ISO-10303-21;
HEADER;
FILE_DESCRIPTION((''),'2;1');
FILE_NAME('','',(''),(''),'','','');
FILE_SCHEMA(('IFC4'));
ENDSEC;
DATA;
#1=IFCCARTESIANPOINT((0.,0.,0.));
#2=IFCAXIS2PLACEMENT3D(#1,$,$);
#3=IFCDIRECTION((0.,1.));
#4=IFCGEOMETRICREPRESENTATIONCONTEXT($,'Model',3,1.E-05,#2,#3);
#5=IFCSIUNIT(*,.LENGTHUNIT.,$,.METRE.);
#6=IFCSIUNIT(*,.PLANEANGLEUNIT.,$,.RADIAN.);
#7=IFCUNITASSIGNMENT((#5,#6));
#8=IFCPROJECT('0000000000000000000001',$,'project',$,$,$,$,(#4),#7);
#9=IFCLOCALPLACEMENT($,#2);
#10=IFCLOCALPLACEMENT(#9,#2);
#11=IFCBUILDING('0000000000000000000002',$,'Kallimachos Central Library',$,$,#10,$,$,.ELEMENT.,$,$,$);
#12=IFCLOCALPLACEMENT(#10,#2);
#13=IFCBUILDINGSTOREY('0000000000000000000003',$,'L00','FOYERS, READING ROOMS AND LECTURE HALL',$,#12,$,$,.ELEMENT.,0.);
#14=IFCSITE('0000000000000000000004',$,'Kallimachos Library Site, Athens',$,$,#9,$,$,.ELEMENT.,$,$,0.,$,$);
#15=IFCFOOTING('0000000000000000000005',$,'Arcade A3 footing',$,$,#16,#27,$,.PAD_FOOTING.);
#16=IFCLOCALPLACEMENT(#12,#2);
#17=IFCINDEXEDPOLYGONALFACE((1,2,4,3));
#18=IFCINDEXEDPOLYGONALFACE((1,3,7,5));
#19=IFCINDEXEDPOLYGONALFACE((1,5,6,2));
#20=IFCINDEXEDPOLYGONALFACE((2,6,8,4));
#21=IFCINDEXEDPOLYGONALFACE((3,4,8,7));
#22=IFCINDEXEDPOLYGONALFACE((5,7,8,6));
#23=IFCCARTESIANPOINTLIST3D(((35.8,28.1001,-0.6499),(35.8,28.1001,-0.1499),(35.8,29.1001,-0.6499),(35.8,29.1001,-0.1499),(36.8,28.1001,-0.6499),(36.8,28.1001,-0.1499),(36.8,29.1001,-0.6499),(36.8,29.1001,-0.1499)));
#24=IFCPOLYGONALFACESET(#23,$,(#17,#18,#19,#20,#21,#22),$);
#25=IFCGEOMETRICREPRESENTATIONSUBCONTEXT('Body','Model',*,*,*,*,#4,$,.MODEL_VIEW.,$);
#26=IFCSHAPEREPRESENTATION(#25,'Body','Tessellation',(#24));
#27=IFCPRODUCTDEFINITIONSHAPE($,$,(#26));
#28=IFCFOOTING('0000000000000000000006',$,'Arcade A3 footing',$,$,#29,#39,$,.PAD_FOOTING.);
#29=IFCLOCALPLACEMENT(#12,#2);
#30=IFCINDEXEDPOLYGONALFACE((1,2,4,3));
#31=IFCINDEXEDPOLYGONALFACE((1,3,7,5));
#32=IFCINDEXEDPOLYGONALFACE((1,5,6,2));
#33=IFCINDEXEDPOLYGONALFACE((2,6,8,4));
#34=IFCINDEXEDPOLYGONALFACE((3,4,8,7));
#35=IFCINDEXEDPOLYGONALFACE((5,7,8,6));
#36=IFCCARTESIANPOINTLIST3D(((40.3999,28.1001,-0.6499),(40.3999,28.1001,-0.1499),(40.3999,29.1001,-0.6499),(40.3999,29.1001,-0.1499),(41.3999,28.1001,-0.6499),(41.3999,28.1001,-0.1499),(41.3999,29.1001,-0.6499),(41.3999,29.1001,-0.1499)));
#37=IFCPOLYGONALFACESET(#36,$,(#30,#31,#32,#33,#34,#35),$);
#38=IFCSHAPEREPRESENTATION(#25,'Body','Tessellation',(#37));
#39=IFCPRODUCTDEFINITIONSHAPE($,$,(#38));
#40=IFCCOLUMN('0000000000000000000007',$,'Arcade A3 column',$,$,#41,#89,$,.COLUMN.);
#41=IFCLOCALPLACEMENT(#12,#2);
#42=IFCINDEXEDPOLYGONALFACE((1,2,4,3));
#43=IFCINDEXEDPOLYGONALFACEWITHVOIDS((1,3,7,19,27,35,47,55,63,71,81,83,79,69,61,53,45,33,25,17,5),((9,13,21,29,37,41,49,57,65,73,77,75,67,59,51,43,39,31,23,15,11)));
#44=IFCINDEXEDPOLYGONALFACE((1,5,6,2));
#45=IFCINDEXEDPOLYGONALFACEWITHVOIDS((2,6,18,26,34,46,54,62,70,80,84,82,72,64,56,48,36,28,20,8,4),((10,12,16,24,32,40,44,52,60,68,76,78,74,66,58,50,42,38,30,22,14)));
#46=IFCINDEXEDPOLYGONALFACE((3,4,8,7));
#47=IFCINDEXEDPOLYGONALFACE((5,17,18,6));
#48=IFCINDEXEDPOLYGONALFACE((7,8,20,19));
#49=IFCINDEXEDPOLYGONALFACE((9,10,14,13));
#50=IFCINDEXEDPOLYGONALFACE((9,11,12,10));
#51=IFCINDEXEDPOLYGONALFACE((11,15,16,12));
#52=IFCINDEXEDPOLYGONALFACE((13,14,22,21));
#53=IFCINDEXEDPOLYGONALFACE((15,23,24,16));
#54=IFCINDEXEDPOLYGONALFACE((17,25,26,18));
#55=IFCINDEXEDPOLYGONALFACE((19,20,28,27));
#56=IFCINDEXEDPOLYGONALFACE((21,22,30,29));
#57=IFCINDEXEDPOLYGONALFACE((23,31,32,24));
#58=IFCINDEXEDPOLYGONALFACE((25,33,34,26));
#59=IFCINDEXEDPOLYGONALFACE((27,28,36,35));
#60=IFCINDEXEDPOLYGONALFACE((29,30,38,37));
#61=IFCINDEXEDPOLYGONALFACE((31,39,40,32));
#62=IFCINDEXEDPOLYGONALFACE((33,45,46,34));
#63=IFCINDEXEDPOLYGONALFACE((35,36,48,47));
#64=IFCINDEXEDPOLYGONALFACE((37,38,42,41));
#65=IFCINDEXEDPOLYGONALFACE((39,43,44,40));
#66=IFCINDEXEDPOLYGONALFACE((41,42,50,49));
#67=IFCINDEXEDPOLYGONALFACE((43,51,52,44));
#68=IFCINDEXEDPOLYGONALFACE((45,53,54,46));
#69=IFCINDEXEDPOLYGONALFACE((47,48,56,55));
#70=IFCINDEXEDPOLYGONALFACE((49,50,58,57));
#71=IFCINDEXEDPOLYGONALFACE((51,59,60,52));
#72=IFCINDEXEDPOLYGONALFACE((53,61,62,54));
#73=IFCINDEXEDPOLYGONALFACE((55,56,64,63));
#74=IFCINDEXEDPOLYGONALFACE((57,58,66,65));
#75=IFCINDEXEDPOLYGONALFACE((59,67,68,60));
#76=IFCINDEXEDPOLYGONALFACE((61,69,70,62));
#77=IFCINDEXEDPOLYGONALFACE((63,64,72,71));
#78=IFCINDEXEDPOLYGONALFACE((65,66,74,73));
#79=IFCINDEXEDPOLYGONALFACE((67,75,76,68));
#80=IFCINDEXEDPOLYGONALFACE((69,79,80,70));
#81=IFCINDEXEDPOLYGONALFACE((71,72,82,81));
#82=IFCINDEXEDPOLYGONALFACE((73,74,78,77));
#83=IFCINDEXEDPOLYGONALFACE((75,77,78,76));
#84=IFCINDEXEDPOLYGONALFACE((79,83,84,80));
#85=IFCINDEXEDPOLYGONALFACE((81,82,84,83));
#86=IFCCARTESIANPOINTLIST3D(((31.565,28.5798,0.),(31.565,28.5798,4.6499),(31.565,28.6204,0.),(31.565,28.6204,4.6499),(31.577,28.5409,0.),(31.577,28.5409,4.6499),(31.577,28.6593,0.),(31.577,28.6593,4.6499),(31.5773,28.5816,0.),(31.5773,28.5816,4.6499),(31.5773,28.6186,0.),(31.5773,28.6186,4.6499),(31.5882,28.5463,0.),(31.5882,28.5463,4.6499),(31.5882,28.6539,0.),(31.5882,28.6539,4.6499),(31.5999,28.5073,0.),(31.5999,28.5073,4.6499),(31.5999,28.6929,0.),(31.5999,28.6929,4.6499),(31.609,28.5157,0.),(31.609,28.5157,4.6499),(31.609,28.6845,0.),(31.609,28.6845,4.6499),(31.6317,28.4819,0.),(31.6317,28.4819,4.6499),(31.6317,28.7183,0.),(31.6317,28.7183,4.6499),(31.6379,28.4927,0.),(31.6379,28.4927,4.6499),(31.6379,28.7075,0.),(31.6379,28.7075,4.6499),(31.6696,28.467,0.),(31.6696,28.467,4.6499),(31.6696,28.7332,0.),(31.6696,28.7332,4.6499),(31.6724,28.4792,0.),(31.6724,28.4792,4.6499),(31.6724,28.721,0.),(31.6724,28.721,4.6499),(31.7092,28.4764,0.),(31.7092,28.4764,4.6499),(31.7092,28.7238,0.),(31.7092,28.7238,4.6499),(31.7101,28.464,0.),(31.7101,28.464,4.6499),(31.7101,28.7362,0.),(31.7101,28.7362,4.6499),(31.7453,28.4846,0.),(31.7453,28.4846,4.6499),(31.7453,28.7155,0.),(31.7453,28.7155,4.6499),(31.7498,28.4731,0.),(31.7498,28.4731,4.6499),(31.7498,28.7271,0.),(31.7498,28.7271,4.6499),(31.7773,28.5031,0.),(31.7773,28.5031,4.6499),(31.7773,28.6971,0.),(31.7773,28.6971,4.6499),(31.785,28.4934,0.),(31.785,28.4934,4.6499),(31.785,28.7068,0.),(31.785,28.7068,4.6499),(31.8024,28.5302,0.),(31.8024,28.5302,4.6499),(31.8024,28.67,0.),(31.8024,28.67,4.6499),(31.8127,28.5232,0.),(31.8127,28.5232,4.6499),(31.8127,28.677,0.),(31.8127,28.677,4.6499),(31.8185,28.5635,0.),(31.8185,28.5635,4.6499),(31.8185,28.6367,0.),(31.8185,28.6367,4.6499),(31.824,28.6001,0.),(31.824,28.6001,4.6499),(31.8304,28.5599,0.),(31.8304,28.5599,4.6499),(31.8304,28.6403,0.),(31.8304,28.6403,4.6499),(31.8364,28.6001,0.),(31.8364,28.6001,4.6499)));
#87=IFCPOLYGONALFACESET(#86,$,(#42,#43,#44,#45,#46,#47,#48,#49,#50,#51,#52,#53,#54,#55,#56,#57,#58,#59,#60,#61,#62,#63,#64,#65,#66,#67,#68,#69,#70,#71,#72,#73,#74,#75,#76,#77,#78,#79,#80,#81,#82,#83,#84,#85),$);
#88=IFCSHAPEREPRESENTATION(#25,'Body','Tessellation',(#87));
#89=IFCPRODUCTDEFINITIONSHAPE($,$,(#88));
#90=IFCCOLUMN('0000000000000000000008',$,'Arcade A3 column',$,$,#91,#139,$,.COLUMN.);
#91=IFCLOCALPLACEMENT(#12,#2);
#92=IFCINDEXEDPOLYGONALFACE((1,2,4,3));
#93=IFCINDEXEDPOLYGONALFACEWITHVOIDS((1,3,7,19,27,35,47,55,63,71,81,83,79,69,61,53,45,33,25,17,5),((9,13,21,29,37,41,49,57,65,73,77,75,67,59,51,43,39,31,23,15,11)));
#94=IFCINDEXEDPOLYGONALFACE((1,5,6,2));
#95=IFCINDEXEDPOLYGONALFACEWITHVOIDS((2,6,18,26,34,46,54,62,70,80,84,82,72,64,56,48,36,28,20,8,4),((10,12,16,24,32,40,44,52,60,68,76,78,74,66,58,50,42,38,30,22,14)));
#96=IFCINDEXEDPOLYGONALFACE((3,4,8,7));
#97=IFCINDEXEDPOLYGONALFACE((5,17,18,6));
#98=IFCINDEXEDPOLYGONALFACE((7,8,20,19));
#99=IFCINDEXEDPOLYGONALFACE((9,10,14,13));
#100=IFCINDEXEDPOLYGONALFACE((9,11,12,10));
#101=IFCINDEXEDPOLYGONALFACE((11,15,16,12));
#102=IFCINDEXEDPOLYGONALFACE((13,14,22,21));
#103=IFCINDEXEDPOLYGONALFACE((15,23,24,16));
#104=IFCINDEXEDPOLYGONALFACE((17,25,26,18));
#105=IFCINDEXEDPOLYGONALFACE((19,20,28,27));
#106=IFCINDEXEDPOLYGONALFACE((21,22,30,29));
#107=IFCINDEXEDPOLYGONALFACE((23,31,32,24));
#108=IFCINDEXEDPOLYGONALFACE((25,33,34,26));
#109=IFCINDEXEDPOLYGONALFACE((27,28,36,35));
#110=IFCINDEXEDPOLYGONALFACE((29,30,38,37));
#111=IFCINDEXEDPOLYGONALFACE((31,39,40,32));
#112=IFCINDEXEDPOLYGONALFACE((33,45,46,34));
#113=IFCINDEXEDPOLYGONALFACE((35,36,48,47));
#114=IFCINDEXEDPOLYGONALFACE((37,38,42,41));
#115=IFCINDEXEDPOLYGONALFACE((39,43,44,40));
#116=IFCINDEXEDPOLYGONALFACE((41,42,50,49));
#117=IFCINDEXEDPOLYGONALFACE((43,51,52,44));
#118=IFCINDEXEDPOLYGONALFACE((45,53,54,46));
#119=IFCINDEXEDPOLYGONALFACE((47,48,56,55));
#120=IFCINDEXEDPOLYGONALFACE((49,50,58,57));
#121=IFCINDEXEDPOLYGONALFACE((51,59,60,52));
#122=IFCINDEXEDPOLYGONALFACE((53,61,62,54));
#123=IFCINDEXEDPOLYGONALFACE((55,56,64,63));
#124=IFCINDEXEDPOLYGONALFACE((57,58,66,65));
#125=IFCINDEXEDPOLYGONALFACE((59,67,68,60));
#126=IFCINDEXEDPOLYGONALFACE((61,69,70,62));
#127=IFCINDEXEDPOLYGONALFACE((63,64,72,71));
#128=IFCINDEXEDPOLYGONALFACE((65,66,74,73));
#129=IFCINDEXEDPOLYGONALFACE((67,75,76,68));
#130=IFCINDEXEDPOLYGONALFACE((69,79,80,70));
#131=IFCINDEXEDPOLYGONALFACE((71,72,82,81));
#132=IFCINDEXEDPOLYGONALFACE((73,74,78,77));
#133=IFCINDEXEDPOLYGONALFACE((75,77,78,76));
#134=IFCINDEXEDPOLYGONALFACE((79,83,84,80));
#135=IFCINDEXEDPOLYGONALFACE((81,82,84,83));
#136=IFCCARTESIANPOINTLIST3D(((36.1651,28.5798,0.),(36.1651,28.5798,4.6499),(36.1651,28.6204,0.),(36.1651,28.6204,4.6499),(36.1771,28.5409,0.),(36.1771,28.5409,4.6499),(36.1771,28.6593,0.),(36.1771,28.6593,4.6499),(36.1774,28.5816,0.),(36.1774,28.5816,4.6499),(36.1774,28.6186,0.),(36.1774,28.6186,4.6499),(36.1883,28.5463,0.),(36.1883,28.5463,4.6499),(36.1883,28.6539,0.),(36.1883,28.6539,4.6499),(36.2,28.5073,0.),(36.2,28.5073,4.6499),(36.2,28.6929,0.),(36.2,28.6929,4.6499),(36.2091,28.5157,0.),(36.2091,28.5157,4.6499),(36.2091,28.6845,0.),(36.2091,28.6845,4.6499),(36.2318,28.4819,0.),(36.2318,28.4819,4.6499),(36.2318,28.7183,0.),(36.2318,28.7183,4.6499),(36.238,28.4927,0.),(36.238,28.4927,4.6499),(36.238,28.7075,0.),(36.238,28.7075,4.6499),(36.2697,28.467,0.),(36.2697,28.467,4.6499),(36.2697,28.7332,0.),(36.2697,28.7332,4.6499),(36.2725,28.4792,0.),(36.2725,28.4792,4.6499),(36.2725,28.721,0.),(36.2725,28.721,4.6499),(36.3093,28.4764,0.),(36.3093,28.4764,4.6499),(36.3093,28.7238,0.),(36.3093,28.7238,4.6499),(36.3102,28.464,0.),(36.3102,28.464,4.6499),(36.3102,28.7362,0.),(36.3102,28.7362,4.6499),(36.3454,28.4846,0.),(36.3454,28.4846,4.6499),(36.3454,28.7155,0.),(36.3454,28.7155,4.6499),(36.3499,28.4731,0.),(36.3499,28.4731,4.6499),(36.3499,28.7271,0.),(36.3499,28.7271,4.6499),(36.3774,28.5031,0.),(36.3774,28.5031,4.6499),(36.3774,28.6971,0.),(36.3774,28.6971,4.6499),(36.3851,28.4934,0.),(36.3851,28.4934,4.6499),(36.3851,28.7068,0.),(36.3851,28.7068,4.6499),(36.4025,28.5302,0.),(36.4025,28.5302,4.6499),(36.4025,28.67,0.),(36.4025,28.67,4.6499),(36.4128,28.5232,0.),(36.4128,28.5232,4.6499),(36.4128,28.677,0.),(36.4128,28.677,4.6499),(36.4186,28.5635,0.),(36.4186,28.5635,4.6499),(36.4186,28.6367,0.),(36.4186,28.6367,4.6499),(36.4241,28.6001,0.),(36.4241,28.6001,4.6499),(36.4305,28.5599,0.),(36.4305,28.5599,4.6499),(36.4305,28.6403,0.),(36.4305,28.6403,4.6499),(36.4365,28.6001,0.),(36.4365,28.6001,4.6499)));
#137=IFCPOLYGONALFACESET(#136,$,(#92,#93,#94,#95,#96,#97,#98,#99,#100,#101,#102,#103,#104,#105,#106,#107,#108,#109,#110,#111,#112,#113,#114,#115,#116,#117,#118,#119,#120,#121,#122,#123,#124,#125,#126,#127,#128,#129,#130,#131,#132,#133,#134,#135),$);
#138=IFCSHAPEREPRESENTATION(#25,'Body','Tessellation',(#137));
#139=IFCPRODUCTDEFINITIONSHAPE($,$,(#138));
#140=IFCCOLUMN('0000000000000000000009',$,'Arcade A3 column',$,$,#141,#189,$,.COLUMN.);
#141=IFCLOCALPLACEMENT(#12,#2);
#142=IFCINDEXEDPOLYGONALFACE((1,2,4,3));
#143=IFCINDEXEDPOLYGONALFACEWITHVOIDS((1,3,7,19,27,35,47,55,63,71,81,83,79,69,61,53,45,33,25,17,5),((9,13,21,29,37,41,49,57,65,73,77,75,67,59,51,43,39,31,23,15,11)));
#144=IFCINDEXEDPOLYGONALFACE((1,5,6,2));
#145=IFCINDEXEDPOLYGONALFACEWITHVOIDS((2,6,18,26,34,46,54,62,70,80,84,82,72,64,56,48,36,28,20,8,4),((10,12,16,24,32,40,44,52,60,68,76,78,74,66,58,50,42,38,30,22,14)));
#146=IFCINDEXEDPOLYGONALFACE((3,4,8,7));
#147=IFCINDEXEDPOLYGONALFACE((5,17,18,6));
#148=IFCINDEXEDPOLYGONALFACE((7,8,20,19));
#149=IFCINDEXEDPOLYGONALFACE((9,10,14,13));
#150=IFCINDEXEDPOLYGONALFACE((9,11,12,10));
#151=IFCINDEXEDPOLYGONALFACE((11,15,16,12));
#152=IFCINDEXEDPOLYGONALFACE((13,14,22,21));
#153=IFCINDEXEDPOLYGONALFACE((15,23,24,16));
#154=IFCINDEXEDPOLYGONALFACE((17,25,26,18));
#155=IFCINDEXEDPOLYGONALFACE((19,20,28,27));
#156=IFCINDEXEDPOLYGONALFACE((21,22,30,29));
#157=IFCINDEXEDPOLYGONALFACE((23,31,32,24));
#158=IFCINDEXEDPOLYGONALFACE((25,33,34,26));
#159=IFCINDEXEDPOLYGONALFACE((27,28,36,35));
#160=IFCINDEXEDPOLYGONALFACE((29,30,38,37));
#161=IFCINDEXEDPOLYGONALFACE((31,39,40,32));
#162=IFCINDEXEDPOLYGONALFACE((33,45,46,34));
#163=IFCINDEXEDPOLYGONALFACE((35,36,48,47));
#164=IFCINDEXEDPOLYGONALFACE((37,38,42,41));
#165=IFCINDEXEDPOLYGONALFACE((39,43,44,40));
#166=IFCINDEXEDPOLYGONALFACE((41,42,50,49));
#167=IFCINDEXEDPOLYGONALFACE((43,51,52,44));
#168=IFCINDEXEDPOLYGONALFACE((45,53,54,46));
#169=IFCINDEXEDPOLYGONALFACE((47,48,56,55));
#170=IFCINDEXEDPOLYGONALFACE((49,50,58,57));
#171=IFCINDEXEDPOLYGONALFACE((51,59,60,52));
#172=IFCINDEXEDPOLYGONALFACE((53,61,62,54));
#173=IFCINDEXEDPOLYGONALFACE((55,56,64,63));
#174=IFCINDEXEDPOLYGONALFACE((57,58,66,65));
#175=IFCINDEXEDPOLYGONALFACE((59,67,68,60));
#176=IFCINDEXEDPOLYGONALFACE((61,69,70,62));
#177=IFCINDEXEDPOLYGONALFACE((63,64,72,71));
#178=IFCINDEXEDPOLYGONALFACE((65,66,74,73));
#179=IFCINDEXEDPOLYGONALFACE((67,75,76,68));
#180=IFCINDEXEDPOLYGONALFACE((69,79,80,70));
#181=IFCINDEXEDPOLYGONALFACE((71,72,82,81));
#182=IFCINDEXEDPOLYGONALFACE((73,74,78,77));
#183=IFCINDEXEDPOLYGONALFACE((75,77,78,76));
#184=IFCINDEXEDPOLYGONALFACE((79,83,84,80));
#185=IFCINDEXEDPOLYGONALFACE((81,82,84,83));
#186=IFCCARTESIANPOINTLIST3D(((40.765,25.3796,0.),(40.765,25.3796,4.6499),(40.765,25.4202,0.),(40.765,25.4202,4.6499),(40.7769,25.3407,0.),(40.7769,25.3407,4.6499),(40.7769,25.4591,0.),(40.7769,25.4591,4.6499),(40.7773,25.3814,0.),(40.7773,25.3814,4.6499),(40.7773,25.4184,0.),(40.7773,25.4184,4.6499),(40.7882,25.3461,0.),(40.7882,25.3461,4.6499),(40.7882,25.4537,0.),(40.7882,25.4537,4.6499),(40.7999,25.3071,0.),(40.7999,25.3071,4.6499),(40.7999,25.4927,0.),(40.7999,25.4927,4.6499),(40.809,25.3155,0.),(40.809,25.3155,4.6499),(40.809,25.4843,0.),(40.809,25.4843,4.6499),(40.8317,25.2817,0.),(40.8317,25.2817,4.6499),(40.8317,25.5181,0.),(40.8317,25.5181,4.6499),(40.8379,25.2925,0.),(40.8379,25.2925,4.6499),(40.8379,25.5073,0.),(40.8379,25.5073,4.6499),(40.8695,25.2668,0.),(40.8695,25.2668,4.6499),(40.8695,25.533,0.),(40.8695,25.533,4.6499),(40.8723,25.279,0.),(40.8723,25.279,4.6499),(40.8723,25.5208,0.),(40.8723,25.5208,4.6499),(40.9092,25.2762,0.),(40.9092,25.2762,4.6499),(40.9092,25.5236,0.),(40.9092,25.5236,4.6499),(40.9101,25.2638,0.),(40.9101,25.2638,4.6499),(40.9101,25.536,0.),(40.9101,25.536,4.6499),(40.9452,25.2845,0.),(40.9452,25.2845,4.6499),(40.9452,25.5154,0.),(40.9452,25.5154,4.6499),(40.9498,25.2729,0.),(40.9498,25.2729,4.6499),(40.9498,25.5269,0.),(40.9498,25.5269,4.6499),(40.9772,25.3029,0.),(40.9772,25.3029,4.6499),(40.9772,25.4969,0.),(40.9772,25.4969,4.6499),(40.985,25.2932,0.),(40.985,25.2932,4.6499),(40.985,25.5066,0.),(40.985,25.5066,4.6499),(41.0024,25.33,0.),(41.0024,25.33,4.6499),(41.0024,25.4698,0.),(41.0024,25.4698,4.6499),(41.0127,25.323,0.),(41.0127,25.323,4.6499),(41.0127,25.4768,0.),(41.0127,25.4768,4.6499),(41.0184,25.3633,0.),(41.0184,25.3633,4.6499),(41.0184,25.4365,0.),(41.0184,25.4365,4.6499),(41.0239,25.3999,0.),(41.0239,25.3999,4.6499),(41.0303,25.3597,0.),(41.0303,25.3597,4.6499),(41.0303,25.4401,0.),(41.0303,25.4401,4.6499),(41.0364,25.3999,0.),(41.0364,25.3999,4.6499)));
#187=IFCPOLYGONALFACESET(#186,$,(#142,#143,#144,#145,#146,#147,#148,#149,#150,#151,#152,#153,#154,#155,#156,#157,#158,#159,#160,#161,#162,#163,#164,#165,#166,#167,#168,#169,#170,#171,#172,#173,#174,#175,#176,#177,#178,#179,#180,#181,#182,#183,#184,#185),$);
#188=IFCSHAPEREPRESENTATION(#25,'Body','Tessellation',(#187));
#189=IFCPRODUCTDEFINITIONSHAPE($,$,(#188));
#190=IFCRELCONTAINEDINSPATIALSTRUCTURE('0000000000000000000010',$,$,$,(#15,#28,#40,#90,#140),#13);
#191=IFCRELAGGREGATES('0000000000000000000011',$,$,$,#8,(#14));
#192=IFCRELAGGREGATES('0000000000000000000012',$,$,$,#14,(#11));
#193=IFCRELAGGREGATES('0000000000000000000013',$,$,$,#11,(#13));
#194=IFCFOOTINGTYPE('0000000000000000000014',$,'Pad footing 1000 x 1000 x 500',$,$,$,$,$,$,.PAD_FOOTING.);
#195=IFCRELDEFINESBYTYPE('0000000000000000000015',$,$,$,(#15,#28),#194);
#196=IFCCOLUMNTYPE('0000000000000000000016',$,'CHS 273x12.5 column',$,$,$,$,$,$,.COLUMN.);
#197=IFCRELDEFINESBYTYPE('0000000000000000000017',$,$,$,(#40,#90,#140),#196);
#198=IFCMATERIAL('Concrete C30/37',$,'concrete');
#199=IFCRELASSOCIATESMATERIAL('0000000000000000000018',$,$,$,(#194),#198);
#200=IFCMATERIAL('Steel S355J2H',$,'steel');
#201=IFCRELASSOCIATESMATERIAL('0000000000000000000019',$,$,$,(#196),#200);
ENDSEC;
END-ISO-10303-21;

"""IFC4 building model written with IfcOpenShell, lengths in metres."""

from ifc_helpers import new_model, si_unit, direction, frame, origin, origin_2d, place, context, subcontext, project, spatial, rectangle, hollow_circle, extrude, material, material_profile, profile_set, type_object, element, save


model = new_model("IFC4")

# Units and contexts
model_context = context("Model", 3, precision=1e-05, world=origin(), true_north=direction((0.0, 1.0)))
body_context = subcontext(model_context, "Body", "Model", "MODEL_VIEW")
ifc_project = project(units=[si_unit("LENGTHUNIT", "METRE"), si_unit("PLANEANGLEUNIT", "RADIAN")], contexts=[model_context])

# Site, building, storey
site_placement = place(None, origin())
site = spatial("IfcSite", under=ifc_project, at=site_placement, Name="Kallimachos Library Site, Athens", CompositionType="ELEMENT", RefElevation=0.0)
building_placement = place(site_placement, origin())
building = spatial("IfcBuilding", under=site, at=building_placement, Name="Kallimachos Central Library", CompositionType="ELEMENT")
storey_placement = place(building_placement, origin())
storey = spatial("IfcBuildingStorey", under=building, at=storey_placement, Name="L00", Description="FOYERS, READING ROOMS AND LECTURE HALL", CompositionType="ELEMENT", Elevation=0.0)

# Footings
ifc_material_1 = material(Name="Concrete C30/37", Category="concrete")
footing_type = type_object("IfcFootingType", Name="Pad footing 1000 x 1000 x 500", PredefinedType="PAD_FOOTING", material=ifc_material_1)
for number, where, z_axis, x_axis, name in (
    (1, (36.3, 28.6001, -0.6499), (0.0, 0.0, 1.0), (1.0, 0.0, 0.0), "Arcade A3 footing"),
    (2, (40.8999, 28.6001, -0.6499), (0.0, 0.0, 1.0), (1.0, 0.0, 0.0), "Arcade A3 footing"),
):
    element("IfcFooting", number, at=place(storey_placement, frame(where, z_axis=z_axis, x_axis=x_axis)), inside=storey, type_object=footing_type, Name=name, PredefinedType="PAD_FOOTING", context=body_context, shape_type="SweptSolid", body=[
        extrude(rectangle(XDim=1.0, YDim=1.0, at=origin_2d()), origin(), (0.0, 0.0, 1.0), 0.5),
    ])

# Columns
ifc_material_2 = material(Name="Steel S355J2H", Category="steel")
ifc_material_profile_1 = material_profile(ifc_material_2, hollow_circle(Radius=0.1365, WallThickness=0.0125, at=origin_2d()), Name="CHS 273x12.5")
ifc_profile_set_1 = profile_set([ifc_material_profile_1], Name="Steel S355J2H")
column_type = type_object("IfcColumnType", Name="CHS 273x12.5 column", PredefinedType="COLUMN", material=ifc_profile_set_1)
for number, where, z_axis, x_axis, name in (
    (3, (31.7, 28.6001, 0.0), (0.0, 0.0, 1.0), (1.0, 0.0, 0.0), "Arcade A3 column"),
    (4, (36.3, 28.6001, 0.0), (0.0, 0.0, 1.0), (1.0, 0.0, 0.0), "Arcade A3 column"),
    (5, (40.8999, 25.3999, 0.0), (0.0, 0.0, 1.0), (1.0, 0.0, 0.0), "Arcade A3 column"),
):
    element("IfcColumn", number, at=place(storey_placement, frame(where, z_axis=z_axis, x_axis=x_axis)), inside=storey, type_object=column_type, Name=name, PredefinedType="COLUMN", context=body_context, shape_type="SweptSolid", body=[
        extrude(hollow_circle(Radius=0.1365, WallThickness=0.0125, at=origin_2d()), origin(), (0.0, 0.0, 1.0), 4.6499),
    ])

save(model, "model.ifc")
